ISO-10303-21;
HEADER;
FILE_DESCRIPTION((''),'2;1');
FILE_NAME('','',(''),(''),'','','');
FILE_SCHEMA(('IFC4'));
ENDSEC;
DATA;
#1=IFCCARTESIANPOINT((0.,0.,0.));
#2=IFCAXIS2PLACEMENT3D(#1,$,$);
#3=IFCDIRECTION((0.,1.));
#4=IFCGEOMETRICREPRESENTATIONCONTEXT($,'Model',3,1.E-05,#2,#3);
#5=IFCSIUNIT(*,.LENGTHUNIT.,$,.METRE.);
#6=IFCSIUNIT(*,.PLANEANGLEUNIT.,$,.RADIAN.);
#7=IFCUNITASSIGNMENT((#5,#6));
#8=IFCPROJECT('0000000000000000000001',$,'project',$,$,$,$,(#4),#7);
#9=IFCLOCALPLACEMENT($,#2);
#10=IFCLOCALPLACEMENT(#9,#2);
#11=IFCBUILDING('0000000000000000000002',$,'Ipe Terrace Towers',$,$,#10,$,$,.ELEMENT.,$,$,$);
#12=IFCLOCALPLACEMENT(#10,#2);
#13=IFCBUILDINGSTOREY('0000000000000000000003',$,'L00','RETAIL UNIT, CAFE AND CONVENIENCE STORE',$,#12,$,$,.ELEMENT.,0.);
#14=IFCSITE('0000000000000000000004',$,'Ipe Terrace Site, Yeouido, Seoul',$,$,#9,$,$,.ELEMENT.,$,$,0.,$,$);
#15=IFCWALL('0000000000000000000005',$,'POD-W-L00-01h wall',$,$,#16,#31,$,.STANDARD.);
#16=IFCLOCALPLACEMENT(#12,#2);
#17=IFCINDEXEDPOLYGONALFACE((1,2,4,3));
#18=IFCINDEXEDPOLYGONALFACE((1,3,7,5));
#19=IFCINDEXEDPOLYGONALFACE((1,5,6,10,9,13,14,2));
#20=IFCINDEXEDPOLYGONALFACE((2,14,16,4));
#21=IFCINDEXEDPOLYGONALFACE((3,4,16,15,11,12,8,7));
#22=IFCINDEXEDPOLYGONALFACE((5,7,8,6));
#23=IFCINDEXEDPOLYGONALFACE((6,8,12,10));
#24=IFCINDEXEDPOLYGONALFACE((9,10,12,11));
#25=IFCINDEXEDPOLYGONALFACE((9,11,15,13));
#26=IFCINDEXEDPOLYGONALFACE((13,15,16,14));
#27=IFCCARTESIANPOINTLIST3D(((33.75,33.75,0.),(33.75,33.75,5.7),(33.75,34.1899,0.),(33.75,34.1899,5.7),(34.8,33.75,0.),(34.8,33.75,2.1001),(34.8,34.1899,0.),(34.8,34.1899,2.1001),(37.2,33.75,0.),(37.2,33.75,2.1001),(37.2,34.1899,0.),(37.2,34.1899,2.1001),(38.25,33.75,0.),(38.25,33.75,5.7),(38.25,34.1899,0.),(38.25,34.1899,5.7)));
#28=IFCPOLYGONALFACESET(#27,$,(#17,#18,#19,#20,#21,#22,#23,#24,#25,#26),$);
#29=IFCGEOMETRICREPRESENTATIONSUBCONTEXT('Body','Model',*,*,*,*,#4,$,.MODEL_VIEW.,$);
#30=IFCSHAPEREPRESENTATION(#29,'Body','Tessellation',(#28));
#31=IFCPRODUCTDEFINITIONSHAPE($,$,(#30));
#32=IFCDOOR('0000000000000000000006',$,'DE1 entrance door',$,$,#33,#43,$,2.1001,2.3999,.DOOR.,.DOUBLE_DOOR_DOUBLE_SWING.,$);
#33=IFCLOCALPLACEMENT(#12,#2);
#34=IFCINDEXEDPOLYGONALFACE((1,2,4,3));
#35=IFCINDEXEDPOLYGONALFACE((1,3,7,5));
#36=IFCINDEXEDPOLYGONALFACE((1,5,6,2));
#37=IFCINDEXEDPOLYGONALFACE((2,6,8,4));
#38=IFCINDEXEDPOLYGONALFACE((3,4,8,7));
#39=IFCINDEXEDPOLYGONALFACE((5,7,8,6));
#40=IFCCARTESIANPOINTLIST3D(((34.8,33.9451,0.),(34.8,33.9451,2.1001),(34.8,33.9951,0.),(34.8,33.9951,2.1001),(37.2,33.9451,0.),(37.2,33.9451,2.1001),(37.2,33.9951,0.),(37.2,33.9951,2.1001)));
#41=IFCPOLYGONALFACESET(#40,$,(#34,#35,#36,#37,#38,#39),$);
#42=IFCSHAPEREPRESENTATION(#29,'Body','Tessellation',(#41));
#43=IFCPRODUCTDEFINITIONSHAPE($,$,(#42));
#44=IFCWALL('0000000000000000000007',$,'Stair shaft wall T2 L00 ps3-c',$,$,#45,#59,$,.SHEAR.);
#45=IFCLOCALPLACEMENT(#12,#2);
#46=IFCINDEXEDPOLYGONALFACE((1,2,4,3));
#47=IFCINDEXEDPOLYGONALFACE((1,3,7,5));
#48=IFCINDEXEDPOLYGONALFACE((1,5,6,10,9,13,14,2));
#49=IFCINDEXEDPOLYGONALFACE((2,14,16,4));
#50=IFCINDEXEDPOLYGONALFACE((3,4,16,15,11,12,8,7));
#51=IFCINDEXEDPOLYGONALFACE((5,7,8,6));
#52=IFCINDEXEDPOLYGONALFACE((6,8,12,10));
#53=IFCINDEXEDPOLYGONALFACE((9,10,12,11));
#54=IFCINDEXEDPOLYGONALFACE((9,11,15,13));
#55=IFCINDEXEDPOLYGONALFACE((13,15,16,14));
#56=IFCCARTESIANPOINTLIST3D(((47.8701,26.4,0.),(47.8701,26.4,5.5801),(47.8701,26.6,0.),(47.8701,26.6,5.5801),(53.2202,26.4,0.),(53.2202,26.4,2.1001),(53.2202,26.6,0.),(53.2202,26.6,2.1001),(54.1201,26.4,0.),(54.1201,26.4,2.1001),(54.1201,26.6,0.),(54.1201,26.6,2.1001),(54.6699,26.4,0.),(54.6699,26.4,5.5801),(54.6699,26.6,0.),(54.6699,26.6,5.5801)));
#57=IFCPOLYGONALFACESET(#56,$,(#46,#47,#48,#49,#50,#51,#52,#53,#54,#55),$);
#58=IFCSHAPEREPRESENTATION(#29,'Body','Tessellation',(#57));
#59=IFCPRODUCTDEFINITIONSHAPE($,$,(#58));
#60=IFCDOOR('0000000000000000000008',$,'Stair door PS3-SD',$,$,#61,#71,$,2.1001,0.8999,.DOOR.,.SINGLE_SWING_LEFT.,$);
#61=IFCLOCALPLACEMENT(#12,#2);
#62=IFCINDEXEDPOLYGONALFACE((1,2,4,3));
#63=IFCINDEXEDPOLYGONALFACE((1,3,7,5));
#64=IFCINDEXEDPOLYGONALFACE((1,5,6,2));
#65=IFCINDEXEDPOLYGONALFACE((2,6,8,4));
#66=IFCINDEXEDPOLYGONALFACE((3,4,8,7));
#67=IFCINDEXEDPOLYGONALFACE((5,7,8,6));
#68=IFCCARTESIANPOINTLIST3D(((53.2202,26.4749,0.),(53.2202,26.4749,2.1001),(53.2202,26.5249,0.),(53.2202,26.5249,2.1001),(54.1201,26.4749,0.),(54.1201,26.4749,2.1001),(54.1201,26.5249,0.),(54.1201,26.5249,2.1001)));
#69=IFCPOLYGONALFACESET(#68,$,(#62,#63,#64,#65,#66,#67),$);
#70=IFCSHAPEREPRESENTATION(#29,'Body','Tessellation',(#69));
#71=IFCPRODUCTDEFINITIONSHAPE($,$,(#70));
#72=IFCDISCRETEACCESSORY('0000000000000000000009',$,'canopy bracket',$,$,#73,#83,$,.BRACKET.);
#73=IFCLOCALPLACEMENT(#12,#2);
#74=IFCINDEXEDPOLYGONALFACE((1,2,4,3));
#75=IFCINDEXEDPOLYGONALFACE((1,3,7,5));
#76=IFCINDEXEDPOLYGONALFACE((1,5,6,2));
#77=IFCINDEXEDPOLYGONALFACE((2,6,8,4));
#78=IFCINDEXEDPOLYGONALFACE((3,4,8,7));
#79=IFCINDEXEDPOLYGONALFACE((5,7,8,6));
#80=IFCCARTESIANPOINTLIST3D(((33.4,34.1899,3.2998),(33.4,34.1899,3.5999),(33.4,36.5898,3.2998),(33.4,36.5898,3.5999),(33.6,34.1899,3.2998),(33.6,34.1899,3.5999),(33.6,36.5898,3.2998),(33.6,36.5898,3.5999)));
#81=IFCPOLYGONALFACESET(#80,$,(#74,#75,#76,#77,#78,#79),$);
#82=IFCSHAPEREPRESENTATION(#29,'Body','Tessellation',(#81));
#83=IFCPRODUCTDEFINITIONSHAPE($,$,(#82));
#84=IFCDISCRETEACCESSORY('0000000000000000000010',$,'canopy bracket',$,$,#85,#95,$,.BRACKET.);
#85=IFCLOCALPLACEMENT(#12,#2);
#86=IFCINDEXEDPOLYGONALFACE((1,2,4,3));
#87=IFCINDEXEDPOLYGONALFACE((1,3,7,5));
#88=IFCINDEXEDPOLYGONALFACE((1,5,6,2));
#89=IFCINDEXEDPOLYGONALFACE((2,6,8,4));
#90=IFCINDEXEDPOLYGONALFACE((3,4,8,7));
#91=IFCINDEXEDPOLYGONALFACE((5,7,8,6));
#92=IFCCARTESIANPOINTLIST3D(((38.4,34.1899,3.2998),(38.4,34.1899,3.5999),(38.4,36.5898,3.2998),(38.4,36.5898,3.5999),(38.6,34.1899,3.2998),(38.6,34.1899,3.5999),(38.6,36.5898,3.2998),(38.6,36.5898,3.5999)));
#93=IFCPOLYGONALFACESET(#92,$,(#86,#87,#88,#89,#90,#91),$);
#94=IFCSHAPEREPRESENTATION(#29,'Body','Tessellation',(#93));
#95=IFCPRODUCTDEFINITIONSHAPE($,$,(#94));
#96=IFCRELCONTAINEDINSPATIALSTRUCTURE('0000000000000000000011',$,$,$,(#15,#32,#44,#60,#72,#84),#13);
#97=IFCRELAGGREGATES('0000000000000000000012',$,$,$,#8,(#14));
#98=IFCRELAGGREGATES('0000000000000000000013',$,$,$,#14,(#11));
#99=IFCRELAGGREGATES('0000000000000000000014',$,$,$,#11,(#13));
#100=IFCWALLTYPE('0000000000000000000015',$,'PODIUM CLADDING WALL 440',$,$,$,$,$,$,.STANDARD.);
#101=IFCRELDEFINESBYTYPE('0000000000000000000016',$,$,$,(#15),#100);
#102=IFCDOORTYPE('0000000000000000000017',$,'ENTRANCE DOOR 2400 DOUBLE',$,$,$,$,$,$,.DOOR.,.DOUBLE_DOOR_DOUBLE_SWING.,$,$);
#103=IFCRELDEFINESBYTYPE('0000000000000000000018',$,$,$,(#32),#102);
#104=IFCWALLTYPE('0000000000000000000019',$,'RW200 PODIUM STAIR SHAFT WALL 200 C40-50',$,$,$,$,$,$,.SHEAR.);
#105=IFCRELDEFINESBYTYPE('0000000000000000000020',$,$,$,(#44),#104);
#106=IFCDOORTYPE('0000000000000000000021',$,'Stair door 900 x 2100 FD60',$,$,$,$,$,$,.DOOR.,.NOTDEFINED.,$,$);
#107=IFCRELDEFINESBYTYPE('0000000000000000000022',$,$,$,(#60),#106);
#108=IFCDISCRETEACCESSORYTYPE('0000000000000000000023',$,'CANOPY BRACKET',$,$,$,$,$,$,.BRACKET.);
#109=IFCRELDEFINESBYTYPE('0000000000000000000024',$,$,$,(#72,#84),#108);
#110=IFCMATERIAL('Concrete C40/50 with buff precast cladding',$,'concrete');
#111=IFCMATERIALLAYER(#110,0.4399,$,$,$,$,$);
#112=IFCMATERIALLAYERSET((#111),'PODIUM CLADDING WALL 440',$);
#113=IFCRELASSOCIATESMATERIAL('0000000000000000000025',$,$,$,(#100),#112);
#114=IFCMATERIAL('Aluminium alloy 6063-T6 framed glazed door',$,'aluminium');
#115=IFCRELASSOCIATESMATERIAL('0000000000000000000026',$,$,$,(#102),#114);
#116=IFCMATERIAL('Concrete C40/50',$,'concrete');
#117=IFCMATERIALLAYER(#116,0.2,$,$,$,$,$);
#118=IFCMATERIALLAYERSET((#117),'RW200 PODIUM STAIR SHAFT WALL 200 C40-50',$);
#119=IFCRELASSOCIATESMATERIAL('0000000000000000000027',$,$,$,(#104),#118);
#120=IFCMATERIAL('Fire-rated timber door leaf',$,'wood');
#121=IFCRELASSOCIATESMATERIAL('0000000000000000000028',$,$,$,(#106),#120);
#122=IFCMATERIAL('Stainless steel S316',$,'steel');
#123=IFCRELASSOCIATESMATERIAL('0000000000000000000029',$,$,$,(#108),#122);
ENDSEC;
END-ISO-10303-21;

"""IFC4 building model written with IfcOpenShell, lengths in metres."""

from ifc_helpers import new_model, si_unit, direction, frame, frame_2d, origin, origin_2d, place, context, subcontext, project, spatial, rectangle, extrude, material, layer, layer_set, type_object, element, fill, save


model = new_model("IFC4")

# Units and contexts
model_context = context("Model", 3, precision=1e-05, world=origin(), true_north=direction((0.0, 1.0)))
body_context = subcontext(model_context, "Body", "Model", "MODEL_VIEW")
ifc_project = project(units=[si_unit("LENGTHUNIT", "METRE"), si_unit("PLANEANGLEUNIT", "RADIAN")], contexts=[model_context])

# Site, building, storey
site_placement = place(None, origin())
site = spatial("IfcSite", under=ifc_project, at=site_placement, Name="Ipe Terrace Site, Yeouido, Seoul", CompositionType="ELEMENT", RefElevation=0.0)
building_placement = place(site_placement, origin())
building = spatial("IfcBuilding", under=site, at=building_placement, Name="Ipe Terrace Towers", CompositionType="ELEMENT")
storey_placement = place(building_placement, origin())
storey = spatial("IfcBuildingStorey", under=building, at=storey_placement, Name="L00", Description="RETAIL UNIT, CAFE AND CONVENIENCE STORE", CompositionType="ELEMENT", Elevation=0.0)

# Shared definitions
ifc_material_1 = material(Name="Concrete C40/50 with buff precast cladding", Category="concrete")
ifc_layer_1 = layer(ifc_material_1, 0.4399)
ifc_layer_set_1 = layer_set([ifc_layer_1], Name="PODIUM CLADDING WALL 440")
wall_type_1 = type_object("IfcWallType", Name="PODIUM CLADDING WALL 440", PredefinedType="STANDARD", material=ifc_layer_set_1)

# Walls, openings, doors
wall_1_placement = place(storey_placement, frame((38.25, 33.97, 0.0), z_axis=(0.0, 0.0, 1.0), x_axis=(-1.0, 0.0, 0.0)))
wall_1 = element("IfcWall", 1, at=wall_1_placement, inside=storey, type_object=wall_type_1, Name="POD-W-L00-01h wall", PredefinedType="STANDARD", context=body_context, shape_type="SweptSolid", body=[
    extrude(rectangle(XDim=4.5, YDim=0.4399, at=frame_2d((2.25, 0.0))), origin(), (0.0, 0.0, 1.0), 5.7),
])
opening_1_placement = place(wall_1_placement, frame((1.05, 0.0, 0.0)))
opening_1 = element("IfcOpeningElement", 2, at=opening_1_placement, cuts=wall_1, PredefinedType="OPENING", context=body_context, shape_type="SweptSolid", body=[
    extrude(rectangle(XDim=2.3999, YDim=2.1001, at=frame_2d((1.2, 1.05))), frame((0.0, 0.23, 0.0), z_axis=(0.0, -1.0, 0.0), x_axis=(1.0, 0.0, 0.0)), (0.0, 0.0, 1.0), 0.46),
])
ifc_material_2 = material(Name="Aluminium alloy 6063-T6 framed glazed door", Category="aluminium")
door_type_1 = type_object("IfcDoorType", Name="ENTRANCE DOOR 2400 DOUBLE", OperationType="DOUBLE_DOOR_DOUBLE_SWING", PredefinedType="DOOR", material=ifc_material_2)
door_1_placement = place(opening_1_placement, origin())
door_1 = element("IfcDoor", 3, at=door_1_placement, inside=storey, type_object=door_type_1, Name="DE1 entrance door", OperationType="DOUBLE_DOOR_DOUBLE_SWING", OverallHeight=2.1001, OverallWidth=2.3999, PredefinedType="DOOR", context=body_context, shape_type="SweptSolid", body=[
    extrude(rectangle(XDim=2.3999, YDim=2.1001, at=frame_2d((1.2, 1.05))), frame((0.0, 0.0249, 0.0), z_axis=(0.0, -1.0, 0.0), x_axis=(1.0, 0.0, 0.0)), (0.0, 0.0, 1.0), 0.05),
])
fill(opening_1, door_1)
ifc_material_3 = material(Name="Concrete C40/50", Category="concrete")
ifc_layer_2 = layer(ifc_material_3, 0.2)
ifc_layer_set_2 = layer_set([ifc_layer_2], Name="RW200 PODIUM STAIR SHAFT WALL 200 C40-50")
wall_type_2 = type_object("IfcWallType", Name="RW200 PODIUM STAIR SHAFT WALL 200 C40-50", PredefinedType="SHEAR", material=ifc_layer_set_2)
wall_2_placement = place(storey_placement, frame((47.8701, 26.5, 0.0), z_axis=(0.0, 0.0, 1.0), x_axis=(1.0, 0.0, 0.0)))
wall_2 = element("IfcWall", 4, at=wall_2_placement, inside=storey, type_object=wall_type_2, Name="Stair shaft wall T2 L00 ps3-c", PredefinedType="SHEAR", context=body_context, shape_type="SweptSolid", body=[
    extrude(rectangle(XDim=6.7998, YDim=0.2, at=frame_2d((3.3999, 0.0))), origin(), (0.0, 0.0, 1.0), 5.5801),
])
opening_2_placement = place(wall_2_placement, frame((5.3501, 0.0, 0.0)))
opening_2 = element("IfcOpeningElement", 5, at=opening_2_placement, cuts=wall_2, PredefinedType="OPENING", context=body_context, shape_type="SweptSolid", body=[
    extrude(rectangle(XDim=0.8999, YDim=2.1001, at=frame_2d((0.45, 1.05))), frame((0.0, 0.1099, 0.0), z_axis=(0.0, -1.0, 0.0), x_axis=(1.0, 0.0, 0.0)), (0.0, 0.0, 1.0), 0.22),
])
ifc_material_4 = material(Name="Fire-rated timber door leaf", Category="wood")
door_type_2 = type_object("IfcDoorType", Name="Stair door 900 x 2100 FD60", OperationType="NOTDEFINED", PredefinedType="DOOR", material=ifc_material_4)
door_2_placement = place(opening_2_placement, origin())
door_2 = element("IfcDoor", 6, at=door_2_placement, inside=storey, type_object=door_type_2, Name="Stair door PS3-SD", OperationType="SINGLE_SWING_LEFT", OverallHeight=2.1001, OverallWidth=0.8999, PredefinedType="DOOR", context=body_context, shape_type="SweptSolid", body=[
    extrude(rectangle(XDim=0.8999, YDim=2.1001, at=frame_2d((0.45, 1.05))), frame((0.0, 0.0249, 0.0), z_axis=(0.0, -1.0, 0.0), x_axis=(1.0, 0.0, 0.0)), (0.0, 0.0, 1.0), 0.05),
])
fill(opening_2, door_2)

# Discrete accessories
ifc_material_5 = material(Name="Stainless steel S316", Category="steel")
discrete_accessory_type = type_object("IfcDiscreteAccessoryType", Name="CANOPY BRACKET", PredefinedType="BRACKET", material=ifc_material_5)
for number, where, z_axis, x_axis, name in (
    (7, (33.5, 35.3899, 3.2998), (0.0, 0.0, 1.0), (1.0, 0.0, 0.0), "canopy bracket"),
    (8, (38.5, 35.3899, 3.2998), (0.0, 0.0, 1.0), (1.0, 0.0, 0.0), "canopy bracket"),
):
    element("IfcDiscreteAccessory", number, at=place(storey_placement, frame(where, z_axis=z_axis, x_axis=x_axis)), inside=storey, type_object=discrete_accessory_type, Name=name, PredefinedType="BRACKET", context=body_context, shape_type="SweptSolid", body=[
        extrude(rectangle(XDim=0.2, YDim=2.3999, at=origin_2d()), origin(), (0.0, 0.0, 1.0), 0.3),
    ])

save(model, "model.ifc")
